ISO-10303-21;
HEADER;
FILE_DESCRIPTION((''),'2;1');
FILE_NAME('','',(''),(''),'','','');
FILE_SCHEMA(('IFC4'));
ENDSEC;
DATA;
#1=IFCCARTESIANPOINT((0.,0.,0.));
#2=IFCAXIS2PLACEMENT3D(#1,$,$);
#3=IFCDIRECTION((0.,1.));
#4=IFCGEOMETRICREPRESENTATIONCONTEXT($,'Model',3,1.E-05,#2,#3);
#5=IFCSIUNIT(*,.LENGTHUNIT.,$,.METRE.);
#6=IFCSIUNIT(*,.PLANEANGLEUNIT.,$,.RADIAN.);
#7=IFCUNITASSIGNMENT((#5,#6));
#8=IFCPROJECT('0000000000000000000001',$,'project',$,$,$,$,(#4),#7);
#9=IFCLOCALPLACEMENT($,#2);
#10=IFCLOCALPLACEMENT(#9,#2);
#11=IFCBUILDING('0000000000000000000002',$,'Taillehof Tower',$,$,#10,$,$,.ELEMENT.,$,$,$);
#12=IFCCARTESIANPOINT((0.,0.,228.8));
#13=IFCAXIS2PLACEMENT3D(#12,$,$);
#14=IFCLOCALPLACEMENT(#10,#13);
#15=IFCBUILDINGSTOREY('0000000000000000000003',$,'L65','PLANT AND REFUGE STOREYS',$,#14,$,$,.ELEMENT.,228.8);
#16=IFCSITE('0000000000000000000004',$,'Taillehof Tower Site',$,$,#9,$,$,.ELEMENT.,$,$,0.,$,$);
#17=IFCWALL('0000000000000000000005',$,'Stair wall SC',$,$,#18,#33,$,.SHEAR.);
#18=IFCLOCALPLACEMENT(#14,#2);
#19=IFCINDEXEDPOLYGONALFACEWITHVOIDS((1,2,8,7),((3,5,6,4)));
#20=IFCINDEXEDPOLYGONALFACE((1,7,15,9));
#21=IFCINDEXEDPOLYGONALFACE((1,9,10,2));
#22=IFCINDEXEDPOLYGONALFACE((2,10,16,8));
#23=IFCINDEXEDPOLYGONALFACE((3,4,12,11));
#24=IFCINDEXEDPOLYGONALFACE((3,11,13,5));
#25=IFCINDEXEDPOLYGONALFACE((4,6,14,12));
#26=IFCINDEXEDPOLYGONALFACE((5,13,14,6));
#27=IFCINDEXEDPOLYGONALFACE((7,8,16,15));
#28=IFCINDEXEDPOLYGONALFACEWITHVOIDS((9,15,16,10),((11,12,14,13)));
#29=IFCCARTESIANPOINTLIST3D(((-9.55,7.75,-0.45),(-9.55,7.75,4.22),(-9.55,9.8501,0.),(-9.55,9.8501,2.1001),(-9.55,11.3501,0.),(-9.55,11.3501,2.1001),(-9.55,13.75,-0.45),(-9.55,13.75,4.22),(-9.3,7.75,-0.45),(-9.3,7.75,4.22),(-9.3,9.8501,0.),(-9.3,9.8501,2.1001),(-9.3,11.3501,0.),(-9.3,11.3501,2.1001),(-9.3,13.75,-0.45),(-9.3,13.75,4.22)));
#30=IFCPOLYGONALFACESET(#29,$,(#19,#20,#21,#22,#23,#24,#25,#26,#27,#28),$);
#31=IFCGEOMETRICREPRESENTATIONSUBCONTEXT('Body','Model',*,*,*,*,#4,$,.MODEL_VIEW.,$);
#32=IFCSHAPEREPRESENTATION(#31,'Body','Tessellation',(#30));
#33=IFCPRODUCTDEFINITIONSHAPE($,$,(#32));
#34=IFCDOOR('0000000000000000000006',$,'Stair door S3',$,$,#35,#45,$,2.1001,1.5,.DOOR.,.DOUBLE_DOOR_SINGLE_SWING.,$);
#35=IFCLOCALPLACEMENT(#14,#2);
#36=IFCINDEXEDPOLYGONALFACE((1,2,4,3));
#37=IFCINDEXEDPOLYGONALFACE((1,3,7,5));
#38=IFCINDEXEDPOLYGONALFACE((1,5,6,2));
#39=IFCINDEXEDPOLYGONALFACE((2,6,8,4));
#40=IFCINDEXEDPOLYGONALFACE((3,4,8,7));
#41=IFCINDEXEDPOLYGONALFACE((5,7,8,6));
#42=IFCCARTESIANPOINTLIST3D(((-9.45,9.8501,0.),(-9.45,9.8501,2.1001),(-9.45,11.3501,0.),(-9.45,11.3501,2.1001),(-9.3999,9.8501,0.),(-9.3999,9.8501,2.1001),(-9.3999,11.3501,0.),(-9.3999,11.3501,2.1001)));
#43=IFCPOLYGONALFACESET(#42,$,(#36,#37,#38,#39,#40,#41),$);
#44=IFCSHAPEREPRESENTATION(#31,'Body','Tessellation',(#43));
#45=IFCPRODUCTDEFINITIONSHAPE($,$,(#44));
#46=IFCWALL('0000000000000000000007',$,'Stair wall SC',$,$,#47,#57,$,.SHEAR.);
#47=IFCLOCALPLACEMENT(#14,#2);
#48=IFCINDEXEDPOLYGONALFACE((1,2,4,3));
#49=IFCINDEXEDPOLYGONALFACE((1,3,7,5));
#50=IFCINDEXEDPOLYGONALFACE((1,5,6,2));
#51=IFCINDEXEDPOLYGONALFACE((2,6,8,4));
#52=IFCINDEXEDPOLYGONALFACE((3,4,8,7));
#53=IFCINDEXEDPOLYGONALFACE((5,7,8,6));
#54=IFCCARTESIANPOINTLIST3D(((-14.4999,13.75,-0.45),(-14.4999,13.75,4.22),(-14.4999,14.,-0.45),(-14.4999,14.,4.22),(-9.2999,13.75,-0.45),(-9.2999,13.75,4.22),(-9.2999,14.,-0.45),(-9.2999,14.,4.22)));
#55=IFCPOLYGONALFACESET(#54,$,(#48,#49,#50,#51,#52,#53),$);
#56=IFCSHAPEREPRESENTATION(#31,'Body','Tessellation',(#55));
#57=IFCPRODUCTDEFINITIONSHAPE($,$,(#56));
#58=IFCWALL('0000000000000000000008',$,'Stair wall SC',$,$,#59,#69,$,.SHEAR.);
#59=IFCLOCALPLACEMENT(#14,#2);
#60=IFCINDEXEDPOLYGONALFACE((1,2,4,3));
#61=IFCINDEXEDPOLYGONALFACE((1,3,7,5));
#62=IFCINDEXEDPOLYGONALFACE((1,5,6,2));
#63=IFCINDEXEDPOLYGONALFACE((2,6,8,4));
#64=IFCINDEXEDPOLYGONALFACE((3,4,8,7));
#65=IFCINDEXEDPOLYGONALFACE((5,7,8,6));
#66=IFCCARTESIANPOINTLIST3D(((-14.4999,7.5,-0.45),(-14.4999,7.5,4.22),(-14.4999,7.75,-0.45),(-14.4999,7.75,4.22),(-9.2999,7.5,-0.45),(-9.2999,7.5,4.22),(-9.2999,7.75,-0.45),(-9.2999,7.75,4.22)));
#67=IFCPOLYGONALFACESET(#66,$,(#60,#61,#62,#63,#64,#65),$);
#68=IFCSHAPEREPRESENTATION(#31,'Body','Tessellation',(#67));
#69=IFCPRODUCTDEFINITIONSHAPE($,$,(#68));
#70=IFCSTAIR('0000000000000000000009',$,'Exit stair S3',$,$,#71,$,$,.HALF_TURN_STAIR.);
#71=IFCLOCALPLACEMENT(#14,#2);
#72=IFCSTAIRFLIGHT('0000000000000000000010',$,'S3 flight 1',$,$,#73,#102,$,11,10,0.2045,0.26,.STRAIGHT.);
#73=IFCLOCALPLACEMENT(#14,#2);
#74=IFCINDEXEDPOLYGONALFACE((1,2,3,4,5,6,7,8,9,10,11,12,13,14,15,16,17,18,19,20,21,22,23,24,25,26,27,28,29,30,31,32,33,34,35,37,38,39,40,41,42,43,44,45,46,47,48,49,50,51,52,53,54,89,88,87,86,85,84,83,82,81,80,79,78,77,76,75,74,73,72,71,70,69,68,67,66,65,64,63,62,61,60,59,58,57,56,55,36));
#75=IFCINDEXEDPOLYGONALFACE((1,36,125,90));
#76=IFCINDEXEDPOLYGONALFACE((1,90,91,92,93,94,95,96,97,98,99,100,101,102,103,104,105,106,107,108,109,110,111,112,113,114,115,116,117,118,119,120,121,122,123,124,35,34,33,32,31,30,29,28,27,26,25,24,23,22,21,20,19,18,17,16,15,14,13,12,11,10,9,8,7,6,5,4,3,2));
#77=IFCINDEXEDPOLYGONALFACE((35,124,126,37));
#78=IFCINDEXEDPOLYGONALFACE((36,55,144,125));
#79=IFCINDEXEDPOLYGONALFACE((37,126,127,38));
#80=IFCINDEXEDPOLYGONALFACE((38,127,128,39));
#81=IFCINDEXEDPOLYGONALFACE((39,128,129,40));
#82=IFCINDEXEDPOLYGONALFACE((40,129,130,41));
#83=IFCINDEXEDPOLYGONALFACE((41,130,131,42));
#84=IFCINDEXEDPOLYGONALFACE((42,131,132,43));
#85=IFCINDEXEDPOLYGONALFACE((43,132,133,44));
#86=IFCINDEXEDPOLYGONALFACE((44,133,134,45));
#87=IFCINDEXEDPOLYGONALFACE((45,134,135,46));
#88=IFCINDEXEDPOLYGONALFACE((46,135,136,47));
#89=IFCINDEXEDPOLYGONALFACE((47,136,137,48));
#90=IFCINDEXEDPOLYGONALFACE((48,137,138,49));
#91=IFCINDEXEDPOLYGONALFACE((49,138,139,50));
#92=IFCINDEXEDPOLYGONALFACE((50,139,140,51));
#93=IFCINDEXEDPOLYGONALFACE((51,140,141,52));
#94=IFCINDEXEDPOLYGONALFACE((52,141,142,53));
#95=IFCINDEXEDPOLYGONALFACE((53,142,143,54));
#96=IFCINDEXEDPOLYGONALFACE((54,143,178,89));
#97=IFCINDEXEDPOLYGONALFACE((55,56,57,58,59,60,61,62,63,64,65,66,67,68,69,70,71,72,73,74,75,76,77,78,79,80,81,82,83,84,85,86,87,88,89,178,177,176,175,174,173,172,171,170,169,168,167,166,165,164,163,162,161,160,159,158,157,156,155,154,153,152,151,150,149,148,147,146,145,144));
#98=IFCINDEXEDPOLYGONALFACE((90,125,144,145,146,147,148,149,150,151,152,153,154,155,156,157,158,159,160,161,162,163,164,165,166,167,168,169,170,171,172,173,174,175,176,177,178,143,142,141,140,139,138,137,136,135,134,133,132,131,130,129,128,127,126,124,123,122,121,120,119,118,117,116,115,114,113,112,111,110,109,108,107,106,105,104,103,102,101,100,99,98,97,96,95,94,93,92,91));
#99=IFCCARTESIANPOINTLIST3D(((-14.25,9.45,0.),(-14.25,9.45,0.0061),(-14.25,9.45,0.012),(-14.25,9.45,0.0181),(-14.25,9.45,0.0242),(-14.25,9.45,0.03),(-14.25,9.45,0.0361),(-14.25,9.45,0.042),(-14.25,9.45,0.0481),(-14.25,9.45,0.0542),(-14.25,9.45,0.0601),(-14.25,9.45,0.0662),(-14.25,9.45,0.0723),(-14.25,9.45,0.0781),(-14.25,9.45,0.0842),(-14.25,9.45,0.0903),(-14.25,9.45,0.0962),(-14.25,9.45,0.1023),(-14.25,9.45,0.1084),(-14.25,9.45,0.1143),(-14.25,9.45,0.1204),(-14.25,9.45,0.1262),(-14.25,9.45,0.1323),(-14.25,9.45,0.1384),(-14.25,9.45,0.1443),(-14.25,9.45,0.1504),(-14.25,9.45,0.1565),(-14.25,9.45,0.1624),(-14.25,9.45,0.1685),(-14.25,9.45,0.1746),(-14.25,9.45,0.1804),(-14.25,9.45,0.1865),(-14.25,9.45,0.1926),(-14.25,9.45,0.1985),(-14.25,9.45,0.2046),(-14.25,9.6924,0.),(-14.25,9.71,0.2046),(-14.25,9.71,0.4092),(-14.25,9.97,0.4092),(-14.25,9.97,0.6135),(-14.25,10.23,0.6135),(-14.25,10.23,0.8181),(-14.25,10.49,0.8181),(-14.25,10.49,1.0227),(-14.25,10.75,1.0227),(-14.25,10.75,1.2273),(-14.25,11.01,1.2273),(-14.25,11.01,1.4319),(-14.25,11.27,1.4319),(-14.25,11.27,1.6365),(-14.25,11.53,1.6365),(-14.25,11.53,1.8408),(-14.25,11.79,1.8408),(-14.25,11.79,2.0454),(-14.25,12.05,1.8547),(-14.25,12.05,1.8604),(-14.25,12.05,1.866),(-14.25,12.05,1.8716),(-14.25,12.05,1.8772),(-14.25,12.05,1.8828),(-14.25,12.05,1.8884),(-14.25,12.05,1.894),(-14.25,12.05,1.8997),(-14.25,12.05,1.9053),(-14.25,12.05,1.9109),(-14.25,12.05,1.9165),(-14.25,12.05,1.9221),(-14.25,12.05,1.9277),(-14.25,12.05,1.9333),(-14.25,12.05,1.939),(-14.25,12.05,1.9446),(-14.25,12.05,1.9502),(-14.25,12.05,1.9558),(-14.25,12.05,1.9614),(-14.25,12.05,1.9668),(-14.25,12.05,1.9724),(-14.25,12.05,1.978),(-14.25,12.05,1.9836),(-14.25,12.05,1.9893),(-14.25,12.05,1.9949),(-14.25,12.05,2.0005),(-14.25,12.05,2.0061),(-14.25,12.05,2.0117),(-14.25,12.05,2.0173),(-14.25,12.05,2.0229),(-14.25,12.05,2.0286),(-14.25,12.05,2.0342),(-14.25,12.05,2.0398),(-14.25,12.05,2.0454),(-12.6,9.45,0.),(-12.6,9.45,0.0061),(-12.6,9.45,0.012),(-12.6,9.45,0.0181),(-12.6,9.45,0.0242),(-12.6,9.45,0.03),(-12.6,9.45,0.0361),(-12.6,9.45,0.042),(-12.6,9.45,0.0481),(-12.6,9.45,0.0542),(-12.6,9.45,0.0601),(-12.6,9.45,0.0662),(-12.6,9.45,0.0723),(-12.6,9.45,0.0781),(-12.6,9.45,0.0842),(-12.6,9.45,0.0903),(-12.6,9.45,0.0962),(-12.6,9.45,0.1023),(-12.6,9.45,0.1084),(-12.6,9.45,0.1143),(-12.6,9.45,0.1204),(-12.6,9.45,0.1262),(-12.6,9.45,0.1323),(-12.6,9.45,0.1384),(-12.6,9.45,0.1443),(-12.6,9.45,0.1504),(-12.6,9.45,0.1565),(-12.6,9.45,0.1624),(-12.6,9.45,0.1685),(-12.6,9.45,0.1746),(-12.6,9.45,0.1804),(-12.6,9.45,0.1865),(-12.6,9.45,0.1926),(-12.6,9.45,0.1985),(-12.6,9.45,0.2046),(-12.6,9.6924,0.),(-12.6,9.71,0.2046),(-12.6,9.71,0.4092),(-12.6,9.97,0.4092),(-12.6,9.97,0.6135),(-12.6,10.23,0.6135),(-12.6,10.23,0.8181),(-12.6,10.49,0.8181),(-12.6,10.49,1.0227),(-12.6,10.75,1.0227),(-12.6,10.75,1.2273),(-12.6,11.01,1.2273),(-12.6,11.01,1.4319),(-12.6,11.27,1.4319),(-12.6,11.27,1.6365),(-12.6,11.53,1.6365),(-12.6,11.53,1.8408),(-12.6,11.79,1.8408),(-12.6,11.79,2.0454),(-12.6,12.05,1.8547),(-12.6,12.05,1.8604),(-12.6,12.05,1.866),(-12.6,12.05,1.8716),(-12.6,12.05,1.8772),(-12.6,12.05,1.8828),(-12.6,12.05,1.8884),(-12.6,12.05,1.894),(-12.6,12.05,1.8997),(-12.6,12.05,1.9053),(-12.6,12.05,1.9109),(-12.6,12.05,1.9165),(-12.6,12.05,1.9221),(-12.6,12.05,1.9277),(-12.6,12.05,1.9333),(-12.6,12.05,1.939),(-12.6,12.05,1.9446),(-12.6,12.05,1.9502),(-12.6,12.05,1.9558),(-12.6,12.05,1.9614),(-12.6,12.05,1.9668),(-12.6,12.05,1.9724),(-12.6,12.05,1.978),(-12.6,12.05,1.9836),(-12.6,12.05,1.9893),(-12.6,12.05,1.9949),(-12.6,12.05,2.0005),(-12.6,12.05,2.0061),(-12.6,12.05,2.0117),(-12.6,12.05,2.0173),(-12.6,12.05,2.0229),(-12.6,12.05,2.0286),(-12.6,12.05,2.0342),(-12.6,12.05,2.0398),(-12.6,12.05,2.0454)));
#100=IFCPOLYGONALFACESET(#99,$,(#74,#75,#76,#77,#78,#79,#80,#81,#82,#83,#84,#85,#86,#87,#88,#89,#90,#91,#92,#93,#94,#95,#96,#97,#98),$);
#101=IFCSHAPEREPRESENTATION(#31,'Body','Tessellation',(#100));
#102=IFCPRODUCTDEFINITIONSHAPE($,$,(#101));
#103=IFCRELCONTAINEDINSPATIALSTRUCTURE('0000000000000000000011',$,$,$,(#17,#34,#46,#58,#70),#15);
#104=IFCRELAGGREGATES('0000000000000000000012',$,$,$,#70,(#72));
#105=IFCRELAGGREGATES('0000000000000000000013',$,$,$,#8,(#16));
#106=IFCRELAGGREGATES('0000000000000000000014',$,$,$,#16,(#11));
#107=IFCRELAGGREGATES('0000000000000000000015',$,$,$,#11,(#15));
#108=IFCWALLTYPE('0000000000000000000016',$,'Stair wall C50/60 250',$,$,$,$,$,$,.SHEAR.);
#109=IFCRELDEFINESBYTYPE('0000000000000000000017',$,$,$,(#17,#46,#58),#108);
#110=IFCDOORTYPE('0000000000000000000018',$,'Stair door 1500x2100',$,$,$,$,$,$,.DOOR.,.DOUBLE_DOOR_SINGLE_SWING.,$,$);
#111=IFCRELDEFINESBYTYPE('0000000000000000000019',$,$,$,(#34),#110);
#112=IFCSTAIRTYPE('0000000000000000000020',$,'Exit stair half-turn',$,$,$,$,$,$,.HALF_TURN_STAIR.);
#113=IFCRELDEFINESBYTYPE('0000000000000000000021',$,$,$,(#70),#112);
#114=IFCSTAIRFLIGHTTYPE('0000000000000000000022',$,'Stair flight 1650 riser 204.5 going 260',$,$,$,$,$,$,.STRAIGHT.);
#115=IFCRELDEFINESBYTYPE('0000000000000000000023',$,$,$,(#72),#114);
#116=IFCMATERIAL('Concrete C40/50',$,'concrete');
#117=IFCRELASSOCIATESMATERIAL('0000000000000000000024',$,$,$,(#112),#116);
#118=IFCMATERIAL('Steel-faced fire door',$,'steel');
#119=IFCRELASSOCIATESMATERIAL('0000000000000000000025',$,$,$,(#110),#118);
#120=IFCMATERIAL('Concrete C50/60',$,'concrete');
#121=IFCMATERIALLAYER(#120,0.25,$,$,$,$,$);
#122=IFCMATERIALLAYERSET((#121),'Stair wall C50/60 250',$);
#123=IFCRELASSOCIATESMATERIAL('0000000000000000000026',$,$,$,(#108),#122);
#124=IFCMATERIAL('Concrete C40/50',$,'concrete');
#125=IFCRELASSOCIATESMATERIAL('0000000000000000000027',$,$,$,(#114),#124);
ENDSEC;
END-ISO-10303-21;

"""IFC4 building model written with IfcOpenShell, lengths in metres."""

from ifc_helpers import new_model, si_unit, direction, frame, frame_2d, origin, place, context, subcontext, project, spatial, polyline, rectangle, outline, extrude, material, layer, layer_set, type_object, element, fill, aggregate, save


model = new_model("IFC4")

# Units and contexts
model_context = context("Model", 3, precision=1e-05, world=origin(), true_north=direction((0.0, 1.0)))
body_context = subcontext(model_context, "Body", "Model", "MODEL_VIEW")
ifc_project = project(units=[si_unit("LENGTHUNIT", "METRE"), si_unit("PLANEANGLEUNIT", "RADIAN")], contexts=[model_context])

# Site, building, storey
site_placement = place(None, origin())
site = spatial("IfcSite", under=ifc_project, at=site_placement, Name="Taillehof Tower Site", CompositionType="ELEMENT", RefElevation=0.0)
building_placement = place(site_placement, origin())
building = spatial("IfcBuilding", under=site, at=building_placement, Name="Taillehof Tower", CompositionType="ELEMENT")
storey_placement = place(building_placement, frame((0.0, 0.0, 228.8)))
storey = spatial("IfcBuildingStorey", under=building, at=storey_placement, Name="L65", Description="PLANT AND REFUGE STOREYS", CompositionType="ELEMENT", Elevation=228.8)

# Shared definitions
ifc_material_1 = material(Name="Concrete C40/50", Category="concrete")
stair_type = type_object("IfcStairType", Name="Exit stair half-turn", PredefinedType="HALF_TURN_STAIR", material=ifc_material_1)

# Shared definitions
ifc_material_2 = material(Name="Steel-faced fire door", Category="steel")
door_type_1 = type_object("IfcDoorType", Name="Stair door 1500x2100", OperationType="DOUBLE_DOOR_SINGLE_SWING", PredefinedType="DOOR", material=ifc_material_2)

# Shared definitions
ifc_material_3 = material(Name="Concrete C50/60", Category="concrete")
ifc_layer_1 = layer(ifc_material_3, 0.25)
ifc_layer_set_1 = layer_set([ifc_layer_1], Name="Stair wall C50/60 250")
wall_type_1 = type_object("IfcWallType", Name="Stair wall C50/60 250", PredefinedType="SHEAR", material=ifc_layer_set_1)

# Wall, opening, door
wall_1_placement = place(storey_placement, frame((-9.425, 7.75, -0.45), z_axis=(0.0, 0.0, 1.0), x_axis=(0.0, 1.0, 0.0)))
wall_1 = element("IfcWall", 1, at=wall_1_placement, inside=storey, type_object=wall_type_1, Name="Stair wall SC", PredefinedType="SHEAR", context=body_context, shape_type="SweptSolid", body=[
    extrude(rectangle(XDim=6.0, YDim=0.25, at=frame_2d((3.0, 0.0))), origin(), (0.0, 0.0, 1.0), 4.6699),
])
opening_1_placement = place(wall_1_placement, frame((2.1001, 0.0, 0.45)))
opening_1 = element("IfcOpeningElement", 2, at=opening_1_placement, cuts=wall_1, PredefinedType="OPENING", context=body_context, shape_type="SweptSolid", body=[
    extrude(rectangle(XDim=1.5, YDim=2.1001, at=frame_2d((0.75, 1.05))), frame((0.0, 0.135, 0.0), z_axis=(0.0, -1.0, 0.0), x_axis=(1.0, 0.0, 0.0)), (0.0, 0.0, 1.0), 0.27),
])
door_1_placement = place(opening_1_placement, origin())
door_1 = element("IfcDoor", 3, at=door_1_placement, inside=storey, type_object=door_type_1, Name="Stair door S3", OperationType="DOUBLE_DOOR_SINGLE_SWING", OverallHeight=2.1001, OverallWidth=1.5, PredefinedType="DOOR", context=body_context, shape_type="SweptSolid", body=[
    extrude(rectangle(XDim=1.5, YDim=2.1001, at=frame_2d((0.75, 1.05))), frame((0.0, 0.0249, 0.0), z_axis=(0.0, -1.0, 0.0), x_axis=(1.0, 0.0, 0.0)), (0.0, 0.0, 1.0), 0.05),
])
fill(opening_1, door_1)

# Walls
for number, where, z_axis, x_axis, name in (
    (4, (-14.5, 13.875, -0.45), (0.0, 0.0, 1.0), (1.0, 0.0, 0.0), "Stair wall SC"),
    (5, (-14.5, 7.625, -0.45), (0.0, 0.0, 1.0), (1.0, 0.0, 0.0), "Stair wall SC"),
):
    element("IfcWall", number, at=place(storey_placement, frame(where, z_axis=z_axis, x_axis=x_axis)), inside=storey, type_object=wall_type_1, Name=name, PredefinedType="SHEAR", context=body_context, shape_type="SweptSolid", body=[
        extrude(rectangle(XDim=5.2, YDim=0.25, at=frame_2d((2.6001, 0.0))), origin(), (0.0, 0.0, 1.0), 4.6699),
    ])

# Stair, stair flight
stair_1_placement = place(storey_placement, origin())
stair_1 = element("IfcStair", 6, at=stair_1_placement, inside=storey, type_object=stair_type, Name="Exit stair S3", PredefinedType="HALF_TURN_STAIR")
ifc_material_4 = material(Name="Concrete C40/50", Category="concrete")
stair_flight_type = type_object("IfcStairFlightType", Name="Stair flight 1650 riser 204.5 going 260", PredefinedType="STRAIGHT", material=ifc_material_4)
stair_flight_1_placement = place(storey_placement, frame((-13.425, 9.45, 0.0), z_axis=(0.0, 0.0, 1.0), x_axis=(0.0, 1.0, 0.0)))
stair_flight_1 = element("IfcStairFlight", 7, at=stair_flight_1_placement, type_object=stair_flight_type, Name="S3 flight 1", NumberOfRisers=11, NumberOfTreads=10, PredefinedType="STRAIGHT", RiserHeight=0.2045, TreadLength=0.26, context=body_context, shape_type="SweptSolid", body=[
    extrude(outline(polyline([(0.0, 0.0), (0.0, 0.0061), (0.0, 0.012), (0.0, 0.0181), (0.0, 0.0242), (0.0, 0.03), (0.0, 0.0361), (0.0, 0.042), (0.0, 0.0481), (0.0, 0.0542), (0.0, 0.0601), (0.0, 0.0662), (0.0, 0.0723), (0.0, 0.0781), (0.0, 0.0842), (0.0, 0.0903), (0.0, 0.0962), (0.0, 0.1023), (0.0, 0.1084), (0.0, 0.1143), (0.0, 0.1204), (0.0, 0.1262), (0.0, 0.1323), (0.0, 0.1384), (0.0, 0.1443), (0.0, 0.1504), (0.0, 0.1565), (0.0, 0.1624), (0.0, 0.1685), (0.0, 0.1746), (0.0, 0.1804), (0.0, 0.1865), (0.0, 0.1926), (0.0, 0.1985), (0.0, 0.2046), (0.26, 0.2046), (0.26, 0.4092), (0.52, 0.4092), (0.52, 0.6135), (0.78, 0.6135), (0.78, 0.8181), (1.04, 0.8181), (1.04, 1.0227), (1.3, 1.0227), (1.3, 1.2273), (1.5601, 1.2273), (1.5601, 1.4319), (1.8201, 1.4319), (1.8201, 1.6365), (2.0801, 1.6365), (2.0801, 1.8408), (2.3401, 1.8408), (2.3401, 2.0454), (2.6001, 2.0454), (2.6001, 2.0398), (2.6001, 2.0342), (2.6001, 2.0286), (2.6001, 2.0229), (2.6001, 2.0173), (2.6001, 2.0117), (2.6001, 2.0061), (2.6001, 2.0005), (2.6001, 1.9949), (2.6001, 1.9893), (2.6001, 1.9836), (2.6001, 1.978), (2.6001, 1.9724), (2.6001, 1.9668), (2.6001, 1.9614), (2.6001, 1.9558), (2.6001, 1.9502), (2.6001, 1.9446), (2.6001, 1.939), (2.6001, 1.9333), (2.6001, 1.9277), (2.6001, 1.9221), (2.6001, 1.9165), (2.6001, 1.9109), (2.6001, 1.9053), (2.6001, 1.8997), (2.6001, 1.894), (2.6001, 1.8884), (2.6001, 1.8828), (2.6001, 1.8772), (2.6001, 1.8716), (2.6001, 1.866), (2.6001, 1.8604), (2.6001, 1.8547), (0.2424, 0.0), (0.0, 0.0)])), frame((0.0, 0.825, 0.0), z_axis=(0.0, -1.0, 0.0), x_axis=(1.0, 0.0, 0.0)), (0.0, 0.0, 1.0), 1.65),
])
aggregate(stair_1, [stair_flight_1])

save(model, "model.ifc")
